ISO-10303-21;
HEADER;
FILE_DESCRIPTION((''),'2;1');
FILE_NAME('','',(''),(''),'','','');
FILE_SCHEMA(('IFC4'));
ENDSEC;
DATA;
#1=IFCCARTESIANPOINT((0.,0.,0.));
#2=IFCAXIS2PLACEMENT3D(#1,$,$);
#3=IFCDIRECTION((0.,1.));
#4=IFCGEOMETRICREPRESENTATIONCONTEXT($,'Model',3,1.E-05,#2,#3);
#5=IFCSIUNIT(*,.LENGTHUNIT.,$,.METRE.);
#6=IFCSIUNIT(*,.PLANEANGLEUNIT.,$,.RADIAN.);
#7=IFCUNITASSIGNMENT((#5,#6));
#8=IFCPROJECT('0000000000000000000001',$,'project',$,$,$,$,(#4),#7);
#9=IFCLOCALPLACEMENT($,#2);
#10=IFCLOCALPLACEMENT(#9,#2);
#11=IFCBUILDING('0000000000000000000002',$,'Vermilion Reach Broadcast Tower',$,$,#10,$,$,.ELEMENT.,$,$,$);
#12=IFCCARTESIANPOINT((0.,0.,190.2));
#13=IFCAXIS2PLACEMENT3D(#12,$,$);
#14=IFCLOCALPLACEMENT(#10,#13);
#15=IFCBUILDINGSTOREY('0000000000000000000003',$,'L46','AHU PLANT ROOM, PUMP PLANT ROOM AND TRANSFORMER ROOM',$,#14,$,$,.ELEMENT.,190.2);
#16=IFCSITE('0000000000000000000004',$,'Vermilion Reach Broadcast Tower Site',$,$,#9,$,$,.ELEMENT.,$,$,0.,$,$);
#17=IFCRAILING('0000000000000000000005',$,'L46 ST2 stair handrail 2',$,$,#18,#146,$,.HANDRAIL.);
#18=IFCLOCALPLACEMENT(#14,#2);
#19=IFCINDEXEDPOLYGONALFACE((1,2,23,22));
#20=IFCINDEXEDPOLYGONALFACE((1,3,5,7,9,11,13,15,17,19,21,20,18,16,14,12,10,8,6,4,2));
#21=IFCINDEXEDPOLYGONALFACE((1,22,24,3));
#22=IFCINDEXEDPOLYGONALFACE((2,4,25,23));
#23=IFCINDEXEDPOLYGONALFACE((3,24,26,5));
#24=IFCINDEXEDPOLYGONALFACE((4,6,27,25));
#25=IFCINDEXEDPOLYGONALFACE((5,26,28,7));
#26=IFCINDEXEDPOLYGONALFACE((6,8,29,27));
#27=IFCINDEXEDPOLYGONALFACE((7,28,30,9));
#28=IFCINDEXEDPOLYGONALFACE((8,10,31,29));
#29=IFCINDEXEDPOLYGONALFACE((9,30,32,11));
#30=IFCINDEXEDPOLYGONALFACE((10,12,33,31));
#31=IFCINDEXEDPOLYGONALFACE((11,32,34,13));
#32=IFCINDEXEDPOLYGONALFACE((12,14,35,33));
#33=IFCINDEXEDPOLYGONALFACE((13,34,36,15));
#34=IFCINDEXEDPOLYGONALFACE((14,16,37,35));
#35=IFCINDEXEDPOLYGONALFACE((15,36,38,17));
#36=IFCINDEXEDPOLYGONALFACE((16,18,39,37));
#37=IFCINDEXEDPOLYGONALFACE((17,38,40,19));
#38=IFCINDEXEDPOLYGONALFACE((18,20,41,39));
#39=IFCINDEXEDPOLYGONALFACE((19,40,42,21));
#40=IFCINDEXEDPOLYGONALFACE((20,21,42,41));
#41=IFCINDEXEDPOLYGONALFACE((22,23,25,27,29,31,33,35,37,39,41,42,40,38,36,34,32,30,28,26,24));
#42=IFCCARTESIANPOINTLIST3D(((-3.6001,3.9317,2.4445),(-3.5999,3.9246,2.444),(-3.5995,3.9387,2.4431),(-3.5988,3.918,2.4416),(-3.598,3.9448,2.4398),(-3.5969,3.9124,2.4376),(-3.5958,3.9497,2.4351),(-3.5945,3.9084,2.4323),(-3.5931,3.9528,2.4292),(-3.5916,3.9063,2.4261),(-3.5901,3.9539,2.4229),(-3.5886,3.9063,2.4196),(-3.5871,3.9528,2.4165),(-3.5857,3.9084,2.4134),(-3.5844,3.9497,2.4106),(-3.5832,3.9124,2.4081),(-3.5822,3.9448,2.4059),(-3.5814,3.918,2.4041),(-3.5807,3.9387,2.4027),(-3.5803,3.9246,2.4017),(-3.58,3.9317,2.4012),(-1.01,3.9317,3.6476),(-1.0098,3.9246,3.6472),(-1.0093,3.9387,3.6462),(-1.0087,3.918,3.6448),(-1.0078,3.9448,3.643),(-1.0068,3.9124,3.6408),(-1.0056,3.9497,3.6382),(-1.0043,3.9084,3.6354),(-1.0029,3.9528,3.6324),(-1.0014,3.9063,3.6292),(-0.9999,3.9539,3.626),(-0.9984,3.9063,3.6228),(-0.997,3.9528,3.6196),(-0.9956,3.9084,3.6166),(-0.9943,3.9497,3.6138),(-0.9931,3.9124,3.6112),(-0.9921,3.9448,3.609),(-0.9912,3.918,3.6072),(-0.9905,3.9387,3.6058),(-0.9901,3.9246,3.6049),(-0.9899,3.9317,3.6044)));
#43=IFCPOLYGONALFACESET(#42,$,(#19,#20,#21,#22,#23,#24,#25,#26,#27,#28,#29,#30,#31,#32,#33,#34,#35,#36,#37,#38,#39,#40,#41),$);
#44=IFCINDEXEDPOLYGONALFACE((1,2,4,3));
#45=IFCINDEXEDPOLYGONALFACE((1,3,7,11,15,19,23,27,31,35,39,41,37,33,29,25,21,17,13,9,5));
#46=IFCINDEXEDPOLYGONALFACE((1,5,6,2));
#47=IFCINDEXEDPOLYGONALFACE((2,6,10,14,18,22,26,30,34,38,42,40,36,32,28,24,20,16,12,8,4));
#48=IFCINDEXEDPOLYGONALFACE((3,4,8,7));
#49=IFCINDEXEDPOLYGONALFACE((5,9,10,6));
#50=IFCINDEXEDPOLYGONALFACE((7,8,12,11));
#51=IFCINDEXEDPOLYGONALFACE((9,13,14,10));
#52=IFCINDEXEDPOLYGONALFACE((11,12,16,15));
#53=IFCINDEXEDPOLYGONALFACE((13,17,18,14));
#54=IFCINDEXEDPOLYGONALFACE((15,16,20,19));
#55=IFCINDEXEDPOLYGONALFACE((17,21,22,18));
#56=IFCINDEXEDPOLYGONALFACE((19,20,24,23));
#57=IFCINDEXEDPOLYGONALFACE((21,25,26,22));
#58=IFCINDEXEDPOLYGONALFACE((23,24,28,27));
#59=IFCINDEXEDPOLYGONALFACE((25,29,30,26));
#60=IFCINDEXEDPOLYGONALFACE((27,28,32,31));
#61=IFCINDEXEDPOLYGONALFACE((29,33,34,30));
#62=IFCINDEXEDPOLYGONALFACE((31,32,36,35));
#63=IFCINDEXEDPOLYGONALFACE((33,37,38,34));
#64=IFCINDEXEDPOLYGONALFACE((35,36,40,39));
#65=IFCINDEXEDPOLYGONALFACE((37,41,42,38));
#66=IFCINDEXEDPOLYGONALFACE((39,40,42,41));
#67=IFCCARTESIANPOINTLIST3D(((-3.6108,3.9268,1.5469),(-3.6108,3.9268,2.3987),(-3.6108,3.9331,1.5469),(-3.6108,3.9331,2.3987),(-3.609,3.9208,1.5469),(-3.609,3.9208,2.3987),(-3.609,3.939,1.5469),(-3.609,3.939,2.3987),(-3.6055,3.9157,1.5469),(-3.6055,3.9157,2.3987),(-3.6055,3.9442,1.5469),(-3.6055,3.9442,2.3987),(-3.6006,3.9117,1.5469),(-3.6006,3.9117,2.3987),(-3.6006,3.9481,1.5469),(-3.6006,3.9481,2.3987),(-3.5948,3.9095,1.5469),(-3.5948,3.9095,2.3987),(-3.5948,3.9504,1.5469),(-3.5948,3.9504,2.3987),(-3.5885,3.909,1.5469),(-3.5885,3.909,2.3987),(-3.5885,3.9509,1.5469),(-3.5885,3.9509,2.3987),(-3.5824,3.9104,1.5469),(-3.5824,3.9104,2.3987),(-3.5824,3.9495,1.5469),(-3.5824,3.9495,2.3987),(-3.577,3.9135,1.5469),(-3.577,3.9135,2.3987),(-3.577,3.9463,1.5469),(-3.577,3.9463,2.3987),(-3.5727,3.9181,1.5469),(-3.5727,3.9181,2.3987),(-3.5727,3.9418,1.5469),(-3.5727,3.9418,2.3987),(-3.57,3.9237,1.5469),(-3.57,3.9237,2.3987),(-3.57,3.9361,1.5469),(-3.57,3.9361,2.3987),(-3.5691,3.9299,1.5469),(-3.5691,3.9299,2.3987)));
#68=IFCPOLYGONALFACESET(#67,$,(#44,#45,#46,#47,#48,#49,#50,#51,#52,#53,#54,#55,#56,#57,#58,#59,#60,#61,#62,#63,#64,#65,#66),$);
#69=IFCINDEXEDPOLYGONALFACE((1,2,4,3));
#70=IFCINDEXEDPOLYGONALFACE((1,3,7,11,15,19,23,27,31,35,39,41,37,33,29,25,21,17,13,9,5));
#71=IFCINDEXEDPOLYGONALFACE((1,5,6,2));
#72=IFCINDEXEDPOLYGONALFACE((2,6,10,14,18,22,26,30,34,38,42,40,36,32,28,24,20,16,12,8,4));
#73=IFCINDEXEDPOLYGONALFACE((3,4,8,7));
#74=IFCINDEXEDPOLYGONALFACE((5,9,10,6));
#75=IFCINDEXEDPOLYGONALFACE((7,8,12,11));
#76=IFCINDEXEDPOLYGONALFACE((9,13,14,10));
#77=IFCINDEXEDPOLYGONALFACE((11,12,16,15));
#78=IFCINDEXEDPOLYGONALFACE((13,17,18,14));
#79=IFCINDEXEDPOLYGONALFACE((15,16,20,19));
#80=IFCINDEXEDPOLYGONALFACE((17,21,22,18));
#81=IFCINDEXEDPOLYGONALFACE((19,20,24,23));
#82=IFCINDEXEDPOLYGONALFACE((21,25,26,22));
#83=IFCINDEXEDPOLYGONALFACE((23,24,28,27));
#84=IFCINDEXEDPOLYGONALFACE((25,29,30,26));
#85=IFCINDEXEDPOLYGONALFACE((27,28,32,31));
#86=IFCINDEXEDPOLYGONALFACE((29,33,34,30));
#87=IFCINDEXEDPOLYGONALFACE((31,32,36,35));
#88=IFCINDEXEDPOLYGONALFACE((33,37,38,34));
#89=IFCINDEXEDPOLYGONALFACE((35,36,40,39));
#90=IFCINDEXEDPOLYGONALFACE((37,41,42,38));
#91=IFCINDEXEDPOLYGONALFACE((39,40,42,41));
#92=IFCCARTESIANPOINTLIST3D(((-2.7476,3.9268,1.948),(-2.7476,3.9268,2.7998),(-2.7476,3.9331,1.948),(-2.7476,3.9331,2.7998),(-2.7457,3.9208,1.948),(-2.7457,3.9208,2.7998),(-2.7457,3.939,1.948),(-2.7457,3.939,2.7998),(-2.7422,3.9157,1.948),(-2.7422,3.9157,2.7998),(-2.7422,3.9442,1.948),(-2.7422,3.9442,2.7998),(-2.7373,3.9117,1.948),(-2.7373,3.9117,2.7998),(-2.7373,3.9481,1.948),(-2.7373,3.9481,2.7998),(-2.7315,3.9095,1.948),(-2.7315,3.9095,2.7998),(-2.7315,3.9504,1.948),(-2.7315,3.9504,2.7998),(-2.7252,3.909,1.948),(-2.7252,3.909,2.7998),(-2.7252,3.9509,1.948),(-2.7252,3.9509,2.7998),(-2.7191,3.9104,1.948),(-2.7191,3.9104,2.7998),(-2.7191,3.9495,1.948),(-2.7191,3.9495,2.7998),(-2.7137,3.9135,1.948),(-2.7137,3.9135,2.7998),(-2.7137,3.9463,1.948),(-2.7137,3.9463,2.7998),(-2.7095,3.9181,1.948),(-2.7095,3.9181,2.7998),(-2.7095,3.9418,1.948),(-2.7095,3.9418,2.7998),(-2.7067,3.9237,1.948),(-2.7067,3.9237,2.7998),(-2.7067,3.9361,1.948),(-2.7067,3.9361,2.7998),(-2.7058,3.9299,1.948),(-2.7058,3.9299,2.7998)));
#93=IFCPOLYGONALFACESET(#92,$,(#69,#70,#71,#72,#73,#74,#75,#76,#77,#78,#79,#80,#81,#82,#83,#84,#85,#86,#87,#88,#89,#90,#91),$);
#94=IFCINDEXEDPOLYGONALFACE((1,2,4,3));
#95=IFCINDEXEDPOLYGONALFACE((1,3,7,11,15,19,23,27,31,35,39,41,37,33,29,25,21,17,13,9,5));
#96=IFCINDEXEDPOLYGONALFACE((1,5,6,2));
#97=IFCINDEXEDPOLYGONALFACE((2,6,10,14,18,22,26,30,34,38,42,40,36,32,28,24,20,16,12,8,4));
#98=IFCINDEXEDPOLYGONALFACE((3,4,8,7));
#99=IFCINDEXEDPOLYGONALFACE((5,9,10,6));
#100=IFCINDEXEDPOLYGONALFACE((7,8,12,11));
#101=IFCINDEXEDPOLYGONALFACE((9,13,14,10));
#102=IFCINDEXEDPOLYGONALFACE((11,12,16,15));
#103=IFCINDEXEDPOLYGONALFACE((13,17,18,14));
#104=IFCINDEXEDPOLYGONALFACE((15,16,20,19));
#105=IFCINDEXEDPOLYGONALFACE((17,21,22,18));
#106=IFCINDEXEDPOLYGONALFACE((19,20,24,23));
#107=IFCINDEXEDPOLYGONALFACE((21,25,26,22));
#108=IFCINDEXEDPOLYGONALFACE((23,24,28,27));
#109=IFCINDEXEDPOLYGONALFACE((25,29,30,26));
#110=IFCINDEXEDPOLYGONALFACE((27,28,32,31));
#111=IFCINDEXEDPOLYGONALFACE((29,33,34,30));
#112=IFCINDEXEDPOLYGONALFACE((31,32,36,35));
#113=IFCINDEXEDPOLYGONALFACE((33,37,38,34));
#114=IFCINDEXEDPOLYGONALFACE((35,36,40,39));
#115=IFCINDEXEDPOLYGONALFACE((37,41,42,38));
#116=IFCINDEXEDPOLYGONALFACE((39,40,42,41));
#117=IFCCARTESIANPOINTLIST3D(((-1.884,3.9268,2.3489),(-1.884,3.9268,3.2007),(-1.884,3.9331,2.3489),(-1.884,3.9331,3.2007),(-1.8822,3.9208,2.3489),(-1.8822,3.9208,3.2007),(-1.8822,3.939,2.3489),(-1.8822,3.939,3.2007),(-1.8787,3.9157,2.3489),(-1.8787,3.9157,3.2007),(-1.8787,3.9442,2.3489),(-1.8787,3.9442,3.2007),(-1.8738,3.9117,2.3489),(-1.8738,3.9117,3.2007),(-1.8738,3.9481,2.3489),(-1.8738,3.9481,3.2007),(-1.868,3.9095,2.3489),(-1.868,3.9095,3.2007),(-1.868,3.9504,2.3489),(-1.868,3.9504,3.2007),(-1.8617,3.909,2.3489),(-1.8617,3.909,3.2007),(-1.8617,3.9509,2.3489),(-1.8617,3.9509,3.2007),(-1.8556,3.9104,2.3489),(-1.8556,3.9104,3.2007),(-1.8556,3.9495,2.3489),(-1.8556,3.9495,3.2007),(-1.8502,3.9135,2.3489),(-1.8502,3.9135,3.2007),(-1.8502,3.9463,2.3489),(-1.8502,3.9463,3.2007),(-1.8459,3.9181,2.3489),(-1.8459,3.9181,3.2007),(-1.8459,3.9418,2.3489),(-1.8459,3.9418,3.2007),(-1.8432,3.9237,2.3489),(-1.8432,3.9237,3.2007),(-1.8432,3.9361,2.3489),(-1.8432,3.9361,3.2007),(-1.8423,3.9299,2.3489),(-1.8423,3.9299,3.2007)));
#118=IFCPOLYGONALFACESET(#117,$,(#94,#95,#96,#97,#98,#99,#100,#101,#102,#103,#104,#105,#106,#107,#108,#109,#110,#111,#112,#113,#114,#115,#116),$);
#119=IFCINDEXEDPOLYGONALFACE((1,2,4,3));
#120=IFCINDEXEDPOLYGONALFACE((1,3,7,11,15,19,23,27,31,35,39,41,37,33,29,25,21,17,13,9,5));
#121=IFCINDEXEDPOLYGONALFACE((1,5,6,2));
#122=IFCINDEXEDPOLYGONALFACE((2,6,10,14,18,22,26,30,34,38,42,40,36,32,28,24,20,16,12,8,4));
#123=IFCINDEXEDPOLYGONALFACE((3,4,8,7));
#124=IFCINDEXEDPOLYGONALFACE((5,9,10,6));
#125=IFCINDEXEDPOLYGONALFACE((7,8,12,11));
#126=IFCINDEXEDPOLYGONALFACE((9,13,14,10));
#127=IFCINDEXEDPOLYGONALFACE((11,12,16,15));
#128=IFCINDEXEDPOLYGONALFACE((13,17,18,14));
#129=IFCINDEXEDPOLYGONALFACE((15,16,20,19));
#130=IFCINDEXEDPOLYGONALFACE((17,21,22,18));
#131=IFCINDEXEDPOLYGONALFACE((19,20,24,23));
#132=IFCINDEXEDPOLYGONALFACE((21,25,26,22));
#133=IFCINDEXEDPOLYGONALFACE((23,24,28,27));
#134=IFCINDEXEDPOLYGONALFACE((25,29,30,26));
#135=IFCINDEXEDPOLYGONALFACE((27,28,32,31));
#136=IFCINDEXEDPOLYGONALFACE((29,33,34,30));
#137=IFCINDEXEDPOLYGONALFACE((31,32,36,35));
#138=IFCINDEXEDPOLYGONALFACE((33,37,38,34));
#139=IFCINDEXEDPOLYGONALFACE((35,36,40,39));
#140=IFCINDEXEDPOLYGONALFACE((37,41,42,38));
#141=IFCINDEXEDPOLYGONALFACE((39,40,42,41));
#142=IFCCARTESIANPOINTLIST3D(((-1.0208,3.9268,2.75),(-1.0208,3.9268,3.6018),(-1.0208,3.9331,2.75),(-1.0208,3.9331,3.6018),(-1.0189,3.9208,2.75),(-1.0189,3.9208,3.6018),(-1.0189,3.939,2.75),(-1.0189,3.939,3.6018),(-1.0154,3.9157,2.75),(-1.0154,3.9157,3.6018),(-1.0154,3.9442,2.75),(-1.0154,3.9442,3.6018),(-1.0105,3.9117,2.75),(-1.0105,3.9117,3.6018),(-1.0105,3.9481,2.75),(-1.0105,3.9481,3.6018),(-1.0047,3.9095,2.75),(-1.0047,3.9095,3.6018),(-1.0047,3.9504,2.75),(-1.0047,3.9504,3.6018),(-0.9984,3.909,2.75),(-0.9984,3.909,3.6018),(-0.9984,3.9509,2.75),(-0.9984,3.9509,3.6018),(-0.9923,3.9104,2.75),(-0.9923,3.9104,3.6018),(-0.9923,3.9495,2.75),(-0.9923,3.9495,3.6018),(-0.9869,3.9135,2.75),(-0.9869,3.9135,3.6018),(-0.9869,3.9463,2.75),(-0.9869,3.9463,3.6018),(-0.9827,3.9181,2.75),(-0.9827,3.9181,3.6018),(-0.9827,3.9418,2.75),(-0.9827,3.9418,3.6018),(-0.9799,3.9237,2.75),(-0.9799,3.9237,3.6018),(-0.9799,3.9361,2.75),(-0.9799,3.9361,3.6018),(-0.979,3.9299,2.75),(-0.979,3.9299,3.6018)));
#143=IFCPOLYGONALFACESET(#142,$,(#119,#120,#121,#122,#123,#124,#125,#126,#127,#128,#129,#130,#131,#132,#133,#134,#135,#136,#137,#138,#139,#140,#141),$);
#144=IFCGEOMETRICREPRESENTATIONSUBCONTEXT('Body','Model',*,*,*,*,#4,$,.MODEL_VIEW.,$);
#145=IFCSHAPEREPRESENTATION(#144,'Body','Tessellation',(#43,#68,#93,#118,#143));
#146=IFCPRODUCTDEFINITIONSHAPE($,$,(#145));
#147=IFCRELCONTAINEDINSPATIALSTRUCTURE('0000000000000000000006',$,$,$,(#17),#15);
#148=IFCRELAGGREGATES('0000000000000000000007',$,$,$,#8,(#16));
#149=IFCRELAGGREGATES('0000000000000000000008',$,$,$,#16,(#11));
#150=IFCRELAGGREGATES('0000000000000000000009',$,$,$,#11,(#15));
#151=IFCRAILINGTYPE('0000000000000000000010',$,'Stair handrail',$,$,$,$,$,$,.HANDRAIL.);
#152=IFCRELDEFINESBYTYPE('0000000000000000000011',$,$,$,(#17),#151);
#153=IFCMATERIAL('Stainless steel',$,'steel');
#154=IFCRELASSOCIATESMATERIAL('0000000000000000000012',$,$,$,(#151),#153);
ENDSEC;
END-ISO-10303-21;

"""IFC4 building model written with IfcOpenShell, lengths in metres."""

from ifc_helpers import new_model, si_unit, direction, frame, origin, origin_2d, place, context, subcontext, project, spatial, circle, extrude, material, type_object, element, save


model = new_model("IFC4")

# Units and contexts
model_context = context("Model", 3, precision=1e-05, world=origin(), true_north=direction((0.0, 1.0)))
body_context = subcontext(model_context, "Body", "Model", "MODEL_VIEW")
ifc_project = project(units=[si_unit("LENGTHUNIT", "METRE"), si_unit("PLANEANGLEUNIT", "RADIAN")], contexts=[model_context])

# Site, building, storey
site_placement = place(None, origin())
site = spatial("IfcSite", under=ifc_project, at=site_placement, Name="Vermilion Reach Broadcast Tower Site", CompositionType="ELEMENT", RefElevation=0.0)
building_placement = place(site_placement, origin())
building = spatial("IfcBuilding", under=site, at=building_placement, Name="Vermilion Reach Broadcast Tower", CompositionType="ELEMENT")
storey_placement = place(building_placement, frame((0.0, 0.0, 190.2)))
storey = spatial("IfcBuildingStorey", under=building, at=storey_placement, Name="L46", Description="AHU PLANT ROOM, PUMP PLANT ROOM AND TRANSFORMER ROOM", CompositionType="ELEMENT", Elevation=190.2)

# Railing
ifc_material_1 = material(Name="Stainless steel", Category="steel")
railing_type_1 = type_object("IfcRailingType", Name="Stair handrail", PredefinedType="HANDRAIL", material=ifc_material_1)
railing_1_placement = place(storey_placement, frame((-3.5901, 3.9299, 1.5469)))
element("IfcRailing", 1, at=railing_1_placement, inside=storey, type_object=railing_type_1, Name="L46 ST2 stair handrail 2", PredefinedType="HANDRAIL", context=body_context, shape_type="SweptSolid", body=[
    extrude(circle(Radius=0.0239, at=origin_2d()), frame((0.0, 0.0, 0.876), z_axis=(0.906931, 0.0, 0.42128), x_axis=(0.0, 1.0, 0.0)), (0.0, 0.0, 1.0), 2.856),
    extrude(circle(Radius=0.021, at=origin_2d()), origin(), (0.0, 0.0, 1.0), 0.8518),
    extrude(circle(Radius=0.021, at=origin_2d()), frame((0.8633, 0.0, 0.4011)), (0.0, 0.0, 1.0), 0.8518),
    extrude(circle(Radius=0.021, at=origin_2d()), frame((1.7268, 0.0, 0.802)), (0.0, 0.0, 1.0), 0.8518),
    extrude(circle(Radius=0.021, at=origin_2d()), frame((2.5901, 0.0, 1.2031)), (0.0, 0.0, 1.0), 0.8518),
])

save(model, "model.ifc")
